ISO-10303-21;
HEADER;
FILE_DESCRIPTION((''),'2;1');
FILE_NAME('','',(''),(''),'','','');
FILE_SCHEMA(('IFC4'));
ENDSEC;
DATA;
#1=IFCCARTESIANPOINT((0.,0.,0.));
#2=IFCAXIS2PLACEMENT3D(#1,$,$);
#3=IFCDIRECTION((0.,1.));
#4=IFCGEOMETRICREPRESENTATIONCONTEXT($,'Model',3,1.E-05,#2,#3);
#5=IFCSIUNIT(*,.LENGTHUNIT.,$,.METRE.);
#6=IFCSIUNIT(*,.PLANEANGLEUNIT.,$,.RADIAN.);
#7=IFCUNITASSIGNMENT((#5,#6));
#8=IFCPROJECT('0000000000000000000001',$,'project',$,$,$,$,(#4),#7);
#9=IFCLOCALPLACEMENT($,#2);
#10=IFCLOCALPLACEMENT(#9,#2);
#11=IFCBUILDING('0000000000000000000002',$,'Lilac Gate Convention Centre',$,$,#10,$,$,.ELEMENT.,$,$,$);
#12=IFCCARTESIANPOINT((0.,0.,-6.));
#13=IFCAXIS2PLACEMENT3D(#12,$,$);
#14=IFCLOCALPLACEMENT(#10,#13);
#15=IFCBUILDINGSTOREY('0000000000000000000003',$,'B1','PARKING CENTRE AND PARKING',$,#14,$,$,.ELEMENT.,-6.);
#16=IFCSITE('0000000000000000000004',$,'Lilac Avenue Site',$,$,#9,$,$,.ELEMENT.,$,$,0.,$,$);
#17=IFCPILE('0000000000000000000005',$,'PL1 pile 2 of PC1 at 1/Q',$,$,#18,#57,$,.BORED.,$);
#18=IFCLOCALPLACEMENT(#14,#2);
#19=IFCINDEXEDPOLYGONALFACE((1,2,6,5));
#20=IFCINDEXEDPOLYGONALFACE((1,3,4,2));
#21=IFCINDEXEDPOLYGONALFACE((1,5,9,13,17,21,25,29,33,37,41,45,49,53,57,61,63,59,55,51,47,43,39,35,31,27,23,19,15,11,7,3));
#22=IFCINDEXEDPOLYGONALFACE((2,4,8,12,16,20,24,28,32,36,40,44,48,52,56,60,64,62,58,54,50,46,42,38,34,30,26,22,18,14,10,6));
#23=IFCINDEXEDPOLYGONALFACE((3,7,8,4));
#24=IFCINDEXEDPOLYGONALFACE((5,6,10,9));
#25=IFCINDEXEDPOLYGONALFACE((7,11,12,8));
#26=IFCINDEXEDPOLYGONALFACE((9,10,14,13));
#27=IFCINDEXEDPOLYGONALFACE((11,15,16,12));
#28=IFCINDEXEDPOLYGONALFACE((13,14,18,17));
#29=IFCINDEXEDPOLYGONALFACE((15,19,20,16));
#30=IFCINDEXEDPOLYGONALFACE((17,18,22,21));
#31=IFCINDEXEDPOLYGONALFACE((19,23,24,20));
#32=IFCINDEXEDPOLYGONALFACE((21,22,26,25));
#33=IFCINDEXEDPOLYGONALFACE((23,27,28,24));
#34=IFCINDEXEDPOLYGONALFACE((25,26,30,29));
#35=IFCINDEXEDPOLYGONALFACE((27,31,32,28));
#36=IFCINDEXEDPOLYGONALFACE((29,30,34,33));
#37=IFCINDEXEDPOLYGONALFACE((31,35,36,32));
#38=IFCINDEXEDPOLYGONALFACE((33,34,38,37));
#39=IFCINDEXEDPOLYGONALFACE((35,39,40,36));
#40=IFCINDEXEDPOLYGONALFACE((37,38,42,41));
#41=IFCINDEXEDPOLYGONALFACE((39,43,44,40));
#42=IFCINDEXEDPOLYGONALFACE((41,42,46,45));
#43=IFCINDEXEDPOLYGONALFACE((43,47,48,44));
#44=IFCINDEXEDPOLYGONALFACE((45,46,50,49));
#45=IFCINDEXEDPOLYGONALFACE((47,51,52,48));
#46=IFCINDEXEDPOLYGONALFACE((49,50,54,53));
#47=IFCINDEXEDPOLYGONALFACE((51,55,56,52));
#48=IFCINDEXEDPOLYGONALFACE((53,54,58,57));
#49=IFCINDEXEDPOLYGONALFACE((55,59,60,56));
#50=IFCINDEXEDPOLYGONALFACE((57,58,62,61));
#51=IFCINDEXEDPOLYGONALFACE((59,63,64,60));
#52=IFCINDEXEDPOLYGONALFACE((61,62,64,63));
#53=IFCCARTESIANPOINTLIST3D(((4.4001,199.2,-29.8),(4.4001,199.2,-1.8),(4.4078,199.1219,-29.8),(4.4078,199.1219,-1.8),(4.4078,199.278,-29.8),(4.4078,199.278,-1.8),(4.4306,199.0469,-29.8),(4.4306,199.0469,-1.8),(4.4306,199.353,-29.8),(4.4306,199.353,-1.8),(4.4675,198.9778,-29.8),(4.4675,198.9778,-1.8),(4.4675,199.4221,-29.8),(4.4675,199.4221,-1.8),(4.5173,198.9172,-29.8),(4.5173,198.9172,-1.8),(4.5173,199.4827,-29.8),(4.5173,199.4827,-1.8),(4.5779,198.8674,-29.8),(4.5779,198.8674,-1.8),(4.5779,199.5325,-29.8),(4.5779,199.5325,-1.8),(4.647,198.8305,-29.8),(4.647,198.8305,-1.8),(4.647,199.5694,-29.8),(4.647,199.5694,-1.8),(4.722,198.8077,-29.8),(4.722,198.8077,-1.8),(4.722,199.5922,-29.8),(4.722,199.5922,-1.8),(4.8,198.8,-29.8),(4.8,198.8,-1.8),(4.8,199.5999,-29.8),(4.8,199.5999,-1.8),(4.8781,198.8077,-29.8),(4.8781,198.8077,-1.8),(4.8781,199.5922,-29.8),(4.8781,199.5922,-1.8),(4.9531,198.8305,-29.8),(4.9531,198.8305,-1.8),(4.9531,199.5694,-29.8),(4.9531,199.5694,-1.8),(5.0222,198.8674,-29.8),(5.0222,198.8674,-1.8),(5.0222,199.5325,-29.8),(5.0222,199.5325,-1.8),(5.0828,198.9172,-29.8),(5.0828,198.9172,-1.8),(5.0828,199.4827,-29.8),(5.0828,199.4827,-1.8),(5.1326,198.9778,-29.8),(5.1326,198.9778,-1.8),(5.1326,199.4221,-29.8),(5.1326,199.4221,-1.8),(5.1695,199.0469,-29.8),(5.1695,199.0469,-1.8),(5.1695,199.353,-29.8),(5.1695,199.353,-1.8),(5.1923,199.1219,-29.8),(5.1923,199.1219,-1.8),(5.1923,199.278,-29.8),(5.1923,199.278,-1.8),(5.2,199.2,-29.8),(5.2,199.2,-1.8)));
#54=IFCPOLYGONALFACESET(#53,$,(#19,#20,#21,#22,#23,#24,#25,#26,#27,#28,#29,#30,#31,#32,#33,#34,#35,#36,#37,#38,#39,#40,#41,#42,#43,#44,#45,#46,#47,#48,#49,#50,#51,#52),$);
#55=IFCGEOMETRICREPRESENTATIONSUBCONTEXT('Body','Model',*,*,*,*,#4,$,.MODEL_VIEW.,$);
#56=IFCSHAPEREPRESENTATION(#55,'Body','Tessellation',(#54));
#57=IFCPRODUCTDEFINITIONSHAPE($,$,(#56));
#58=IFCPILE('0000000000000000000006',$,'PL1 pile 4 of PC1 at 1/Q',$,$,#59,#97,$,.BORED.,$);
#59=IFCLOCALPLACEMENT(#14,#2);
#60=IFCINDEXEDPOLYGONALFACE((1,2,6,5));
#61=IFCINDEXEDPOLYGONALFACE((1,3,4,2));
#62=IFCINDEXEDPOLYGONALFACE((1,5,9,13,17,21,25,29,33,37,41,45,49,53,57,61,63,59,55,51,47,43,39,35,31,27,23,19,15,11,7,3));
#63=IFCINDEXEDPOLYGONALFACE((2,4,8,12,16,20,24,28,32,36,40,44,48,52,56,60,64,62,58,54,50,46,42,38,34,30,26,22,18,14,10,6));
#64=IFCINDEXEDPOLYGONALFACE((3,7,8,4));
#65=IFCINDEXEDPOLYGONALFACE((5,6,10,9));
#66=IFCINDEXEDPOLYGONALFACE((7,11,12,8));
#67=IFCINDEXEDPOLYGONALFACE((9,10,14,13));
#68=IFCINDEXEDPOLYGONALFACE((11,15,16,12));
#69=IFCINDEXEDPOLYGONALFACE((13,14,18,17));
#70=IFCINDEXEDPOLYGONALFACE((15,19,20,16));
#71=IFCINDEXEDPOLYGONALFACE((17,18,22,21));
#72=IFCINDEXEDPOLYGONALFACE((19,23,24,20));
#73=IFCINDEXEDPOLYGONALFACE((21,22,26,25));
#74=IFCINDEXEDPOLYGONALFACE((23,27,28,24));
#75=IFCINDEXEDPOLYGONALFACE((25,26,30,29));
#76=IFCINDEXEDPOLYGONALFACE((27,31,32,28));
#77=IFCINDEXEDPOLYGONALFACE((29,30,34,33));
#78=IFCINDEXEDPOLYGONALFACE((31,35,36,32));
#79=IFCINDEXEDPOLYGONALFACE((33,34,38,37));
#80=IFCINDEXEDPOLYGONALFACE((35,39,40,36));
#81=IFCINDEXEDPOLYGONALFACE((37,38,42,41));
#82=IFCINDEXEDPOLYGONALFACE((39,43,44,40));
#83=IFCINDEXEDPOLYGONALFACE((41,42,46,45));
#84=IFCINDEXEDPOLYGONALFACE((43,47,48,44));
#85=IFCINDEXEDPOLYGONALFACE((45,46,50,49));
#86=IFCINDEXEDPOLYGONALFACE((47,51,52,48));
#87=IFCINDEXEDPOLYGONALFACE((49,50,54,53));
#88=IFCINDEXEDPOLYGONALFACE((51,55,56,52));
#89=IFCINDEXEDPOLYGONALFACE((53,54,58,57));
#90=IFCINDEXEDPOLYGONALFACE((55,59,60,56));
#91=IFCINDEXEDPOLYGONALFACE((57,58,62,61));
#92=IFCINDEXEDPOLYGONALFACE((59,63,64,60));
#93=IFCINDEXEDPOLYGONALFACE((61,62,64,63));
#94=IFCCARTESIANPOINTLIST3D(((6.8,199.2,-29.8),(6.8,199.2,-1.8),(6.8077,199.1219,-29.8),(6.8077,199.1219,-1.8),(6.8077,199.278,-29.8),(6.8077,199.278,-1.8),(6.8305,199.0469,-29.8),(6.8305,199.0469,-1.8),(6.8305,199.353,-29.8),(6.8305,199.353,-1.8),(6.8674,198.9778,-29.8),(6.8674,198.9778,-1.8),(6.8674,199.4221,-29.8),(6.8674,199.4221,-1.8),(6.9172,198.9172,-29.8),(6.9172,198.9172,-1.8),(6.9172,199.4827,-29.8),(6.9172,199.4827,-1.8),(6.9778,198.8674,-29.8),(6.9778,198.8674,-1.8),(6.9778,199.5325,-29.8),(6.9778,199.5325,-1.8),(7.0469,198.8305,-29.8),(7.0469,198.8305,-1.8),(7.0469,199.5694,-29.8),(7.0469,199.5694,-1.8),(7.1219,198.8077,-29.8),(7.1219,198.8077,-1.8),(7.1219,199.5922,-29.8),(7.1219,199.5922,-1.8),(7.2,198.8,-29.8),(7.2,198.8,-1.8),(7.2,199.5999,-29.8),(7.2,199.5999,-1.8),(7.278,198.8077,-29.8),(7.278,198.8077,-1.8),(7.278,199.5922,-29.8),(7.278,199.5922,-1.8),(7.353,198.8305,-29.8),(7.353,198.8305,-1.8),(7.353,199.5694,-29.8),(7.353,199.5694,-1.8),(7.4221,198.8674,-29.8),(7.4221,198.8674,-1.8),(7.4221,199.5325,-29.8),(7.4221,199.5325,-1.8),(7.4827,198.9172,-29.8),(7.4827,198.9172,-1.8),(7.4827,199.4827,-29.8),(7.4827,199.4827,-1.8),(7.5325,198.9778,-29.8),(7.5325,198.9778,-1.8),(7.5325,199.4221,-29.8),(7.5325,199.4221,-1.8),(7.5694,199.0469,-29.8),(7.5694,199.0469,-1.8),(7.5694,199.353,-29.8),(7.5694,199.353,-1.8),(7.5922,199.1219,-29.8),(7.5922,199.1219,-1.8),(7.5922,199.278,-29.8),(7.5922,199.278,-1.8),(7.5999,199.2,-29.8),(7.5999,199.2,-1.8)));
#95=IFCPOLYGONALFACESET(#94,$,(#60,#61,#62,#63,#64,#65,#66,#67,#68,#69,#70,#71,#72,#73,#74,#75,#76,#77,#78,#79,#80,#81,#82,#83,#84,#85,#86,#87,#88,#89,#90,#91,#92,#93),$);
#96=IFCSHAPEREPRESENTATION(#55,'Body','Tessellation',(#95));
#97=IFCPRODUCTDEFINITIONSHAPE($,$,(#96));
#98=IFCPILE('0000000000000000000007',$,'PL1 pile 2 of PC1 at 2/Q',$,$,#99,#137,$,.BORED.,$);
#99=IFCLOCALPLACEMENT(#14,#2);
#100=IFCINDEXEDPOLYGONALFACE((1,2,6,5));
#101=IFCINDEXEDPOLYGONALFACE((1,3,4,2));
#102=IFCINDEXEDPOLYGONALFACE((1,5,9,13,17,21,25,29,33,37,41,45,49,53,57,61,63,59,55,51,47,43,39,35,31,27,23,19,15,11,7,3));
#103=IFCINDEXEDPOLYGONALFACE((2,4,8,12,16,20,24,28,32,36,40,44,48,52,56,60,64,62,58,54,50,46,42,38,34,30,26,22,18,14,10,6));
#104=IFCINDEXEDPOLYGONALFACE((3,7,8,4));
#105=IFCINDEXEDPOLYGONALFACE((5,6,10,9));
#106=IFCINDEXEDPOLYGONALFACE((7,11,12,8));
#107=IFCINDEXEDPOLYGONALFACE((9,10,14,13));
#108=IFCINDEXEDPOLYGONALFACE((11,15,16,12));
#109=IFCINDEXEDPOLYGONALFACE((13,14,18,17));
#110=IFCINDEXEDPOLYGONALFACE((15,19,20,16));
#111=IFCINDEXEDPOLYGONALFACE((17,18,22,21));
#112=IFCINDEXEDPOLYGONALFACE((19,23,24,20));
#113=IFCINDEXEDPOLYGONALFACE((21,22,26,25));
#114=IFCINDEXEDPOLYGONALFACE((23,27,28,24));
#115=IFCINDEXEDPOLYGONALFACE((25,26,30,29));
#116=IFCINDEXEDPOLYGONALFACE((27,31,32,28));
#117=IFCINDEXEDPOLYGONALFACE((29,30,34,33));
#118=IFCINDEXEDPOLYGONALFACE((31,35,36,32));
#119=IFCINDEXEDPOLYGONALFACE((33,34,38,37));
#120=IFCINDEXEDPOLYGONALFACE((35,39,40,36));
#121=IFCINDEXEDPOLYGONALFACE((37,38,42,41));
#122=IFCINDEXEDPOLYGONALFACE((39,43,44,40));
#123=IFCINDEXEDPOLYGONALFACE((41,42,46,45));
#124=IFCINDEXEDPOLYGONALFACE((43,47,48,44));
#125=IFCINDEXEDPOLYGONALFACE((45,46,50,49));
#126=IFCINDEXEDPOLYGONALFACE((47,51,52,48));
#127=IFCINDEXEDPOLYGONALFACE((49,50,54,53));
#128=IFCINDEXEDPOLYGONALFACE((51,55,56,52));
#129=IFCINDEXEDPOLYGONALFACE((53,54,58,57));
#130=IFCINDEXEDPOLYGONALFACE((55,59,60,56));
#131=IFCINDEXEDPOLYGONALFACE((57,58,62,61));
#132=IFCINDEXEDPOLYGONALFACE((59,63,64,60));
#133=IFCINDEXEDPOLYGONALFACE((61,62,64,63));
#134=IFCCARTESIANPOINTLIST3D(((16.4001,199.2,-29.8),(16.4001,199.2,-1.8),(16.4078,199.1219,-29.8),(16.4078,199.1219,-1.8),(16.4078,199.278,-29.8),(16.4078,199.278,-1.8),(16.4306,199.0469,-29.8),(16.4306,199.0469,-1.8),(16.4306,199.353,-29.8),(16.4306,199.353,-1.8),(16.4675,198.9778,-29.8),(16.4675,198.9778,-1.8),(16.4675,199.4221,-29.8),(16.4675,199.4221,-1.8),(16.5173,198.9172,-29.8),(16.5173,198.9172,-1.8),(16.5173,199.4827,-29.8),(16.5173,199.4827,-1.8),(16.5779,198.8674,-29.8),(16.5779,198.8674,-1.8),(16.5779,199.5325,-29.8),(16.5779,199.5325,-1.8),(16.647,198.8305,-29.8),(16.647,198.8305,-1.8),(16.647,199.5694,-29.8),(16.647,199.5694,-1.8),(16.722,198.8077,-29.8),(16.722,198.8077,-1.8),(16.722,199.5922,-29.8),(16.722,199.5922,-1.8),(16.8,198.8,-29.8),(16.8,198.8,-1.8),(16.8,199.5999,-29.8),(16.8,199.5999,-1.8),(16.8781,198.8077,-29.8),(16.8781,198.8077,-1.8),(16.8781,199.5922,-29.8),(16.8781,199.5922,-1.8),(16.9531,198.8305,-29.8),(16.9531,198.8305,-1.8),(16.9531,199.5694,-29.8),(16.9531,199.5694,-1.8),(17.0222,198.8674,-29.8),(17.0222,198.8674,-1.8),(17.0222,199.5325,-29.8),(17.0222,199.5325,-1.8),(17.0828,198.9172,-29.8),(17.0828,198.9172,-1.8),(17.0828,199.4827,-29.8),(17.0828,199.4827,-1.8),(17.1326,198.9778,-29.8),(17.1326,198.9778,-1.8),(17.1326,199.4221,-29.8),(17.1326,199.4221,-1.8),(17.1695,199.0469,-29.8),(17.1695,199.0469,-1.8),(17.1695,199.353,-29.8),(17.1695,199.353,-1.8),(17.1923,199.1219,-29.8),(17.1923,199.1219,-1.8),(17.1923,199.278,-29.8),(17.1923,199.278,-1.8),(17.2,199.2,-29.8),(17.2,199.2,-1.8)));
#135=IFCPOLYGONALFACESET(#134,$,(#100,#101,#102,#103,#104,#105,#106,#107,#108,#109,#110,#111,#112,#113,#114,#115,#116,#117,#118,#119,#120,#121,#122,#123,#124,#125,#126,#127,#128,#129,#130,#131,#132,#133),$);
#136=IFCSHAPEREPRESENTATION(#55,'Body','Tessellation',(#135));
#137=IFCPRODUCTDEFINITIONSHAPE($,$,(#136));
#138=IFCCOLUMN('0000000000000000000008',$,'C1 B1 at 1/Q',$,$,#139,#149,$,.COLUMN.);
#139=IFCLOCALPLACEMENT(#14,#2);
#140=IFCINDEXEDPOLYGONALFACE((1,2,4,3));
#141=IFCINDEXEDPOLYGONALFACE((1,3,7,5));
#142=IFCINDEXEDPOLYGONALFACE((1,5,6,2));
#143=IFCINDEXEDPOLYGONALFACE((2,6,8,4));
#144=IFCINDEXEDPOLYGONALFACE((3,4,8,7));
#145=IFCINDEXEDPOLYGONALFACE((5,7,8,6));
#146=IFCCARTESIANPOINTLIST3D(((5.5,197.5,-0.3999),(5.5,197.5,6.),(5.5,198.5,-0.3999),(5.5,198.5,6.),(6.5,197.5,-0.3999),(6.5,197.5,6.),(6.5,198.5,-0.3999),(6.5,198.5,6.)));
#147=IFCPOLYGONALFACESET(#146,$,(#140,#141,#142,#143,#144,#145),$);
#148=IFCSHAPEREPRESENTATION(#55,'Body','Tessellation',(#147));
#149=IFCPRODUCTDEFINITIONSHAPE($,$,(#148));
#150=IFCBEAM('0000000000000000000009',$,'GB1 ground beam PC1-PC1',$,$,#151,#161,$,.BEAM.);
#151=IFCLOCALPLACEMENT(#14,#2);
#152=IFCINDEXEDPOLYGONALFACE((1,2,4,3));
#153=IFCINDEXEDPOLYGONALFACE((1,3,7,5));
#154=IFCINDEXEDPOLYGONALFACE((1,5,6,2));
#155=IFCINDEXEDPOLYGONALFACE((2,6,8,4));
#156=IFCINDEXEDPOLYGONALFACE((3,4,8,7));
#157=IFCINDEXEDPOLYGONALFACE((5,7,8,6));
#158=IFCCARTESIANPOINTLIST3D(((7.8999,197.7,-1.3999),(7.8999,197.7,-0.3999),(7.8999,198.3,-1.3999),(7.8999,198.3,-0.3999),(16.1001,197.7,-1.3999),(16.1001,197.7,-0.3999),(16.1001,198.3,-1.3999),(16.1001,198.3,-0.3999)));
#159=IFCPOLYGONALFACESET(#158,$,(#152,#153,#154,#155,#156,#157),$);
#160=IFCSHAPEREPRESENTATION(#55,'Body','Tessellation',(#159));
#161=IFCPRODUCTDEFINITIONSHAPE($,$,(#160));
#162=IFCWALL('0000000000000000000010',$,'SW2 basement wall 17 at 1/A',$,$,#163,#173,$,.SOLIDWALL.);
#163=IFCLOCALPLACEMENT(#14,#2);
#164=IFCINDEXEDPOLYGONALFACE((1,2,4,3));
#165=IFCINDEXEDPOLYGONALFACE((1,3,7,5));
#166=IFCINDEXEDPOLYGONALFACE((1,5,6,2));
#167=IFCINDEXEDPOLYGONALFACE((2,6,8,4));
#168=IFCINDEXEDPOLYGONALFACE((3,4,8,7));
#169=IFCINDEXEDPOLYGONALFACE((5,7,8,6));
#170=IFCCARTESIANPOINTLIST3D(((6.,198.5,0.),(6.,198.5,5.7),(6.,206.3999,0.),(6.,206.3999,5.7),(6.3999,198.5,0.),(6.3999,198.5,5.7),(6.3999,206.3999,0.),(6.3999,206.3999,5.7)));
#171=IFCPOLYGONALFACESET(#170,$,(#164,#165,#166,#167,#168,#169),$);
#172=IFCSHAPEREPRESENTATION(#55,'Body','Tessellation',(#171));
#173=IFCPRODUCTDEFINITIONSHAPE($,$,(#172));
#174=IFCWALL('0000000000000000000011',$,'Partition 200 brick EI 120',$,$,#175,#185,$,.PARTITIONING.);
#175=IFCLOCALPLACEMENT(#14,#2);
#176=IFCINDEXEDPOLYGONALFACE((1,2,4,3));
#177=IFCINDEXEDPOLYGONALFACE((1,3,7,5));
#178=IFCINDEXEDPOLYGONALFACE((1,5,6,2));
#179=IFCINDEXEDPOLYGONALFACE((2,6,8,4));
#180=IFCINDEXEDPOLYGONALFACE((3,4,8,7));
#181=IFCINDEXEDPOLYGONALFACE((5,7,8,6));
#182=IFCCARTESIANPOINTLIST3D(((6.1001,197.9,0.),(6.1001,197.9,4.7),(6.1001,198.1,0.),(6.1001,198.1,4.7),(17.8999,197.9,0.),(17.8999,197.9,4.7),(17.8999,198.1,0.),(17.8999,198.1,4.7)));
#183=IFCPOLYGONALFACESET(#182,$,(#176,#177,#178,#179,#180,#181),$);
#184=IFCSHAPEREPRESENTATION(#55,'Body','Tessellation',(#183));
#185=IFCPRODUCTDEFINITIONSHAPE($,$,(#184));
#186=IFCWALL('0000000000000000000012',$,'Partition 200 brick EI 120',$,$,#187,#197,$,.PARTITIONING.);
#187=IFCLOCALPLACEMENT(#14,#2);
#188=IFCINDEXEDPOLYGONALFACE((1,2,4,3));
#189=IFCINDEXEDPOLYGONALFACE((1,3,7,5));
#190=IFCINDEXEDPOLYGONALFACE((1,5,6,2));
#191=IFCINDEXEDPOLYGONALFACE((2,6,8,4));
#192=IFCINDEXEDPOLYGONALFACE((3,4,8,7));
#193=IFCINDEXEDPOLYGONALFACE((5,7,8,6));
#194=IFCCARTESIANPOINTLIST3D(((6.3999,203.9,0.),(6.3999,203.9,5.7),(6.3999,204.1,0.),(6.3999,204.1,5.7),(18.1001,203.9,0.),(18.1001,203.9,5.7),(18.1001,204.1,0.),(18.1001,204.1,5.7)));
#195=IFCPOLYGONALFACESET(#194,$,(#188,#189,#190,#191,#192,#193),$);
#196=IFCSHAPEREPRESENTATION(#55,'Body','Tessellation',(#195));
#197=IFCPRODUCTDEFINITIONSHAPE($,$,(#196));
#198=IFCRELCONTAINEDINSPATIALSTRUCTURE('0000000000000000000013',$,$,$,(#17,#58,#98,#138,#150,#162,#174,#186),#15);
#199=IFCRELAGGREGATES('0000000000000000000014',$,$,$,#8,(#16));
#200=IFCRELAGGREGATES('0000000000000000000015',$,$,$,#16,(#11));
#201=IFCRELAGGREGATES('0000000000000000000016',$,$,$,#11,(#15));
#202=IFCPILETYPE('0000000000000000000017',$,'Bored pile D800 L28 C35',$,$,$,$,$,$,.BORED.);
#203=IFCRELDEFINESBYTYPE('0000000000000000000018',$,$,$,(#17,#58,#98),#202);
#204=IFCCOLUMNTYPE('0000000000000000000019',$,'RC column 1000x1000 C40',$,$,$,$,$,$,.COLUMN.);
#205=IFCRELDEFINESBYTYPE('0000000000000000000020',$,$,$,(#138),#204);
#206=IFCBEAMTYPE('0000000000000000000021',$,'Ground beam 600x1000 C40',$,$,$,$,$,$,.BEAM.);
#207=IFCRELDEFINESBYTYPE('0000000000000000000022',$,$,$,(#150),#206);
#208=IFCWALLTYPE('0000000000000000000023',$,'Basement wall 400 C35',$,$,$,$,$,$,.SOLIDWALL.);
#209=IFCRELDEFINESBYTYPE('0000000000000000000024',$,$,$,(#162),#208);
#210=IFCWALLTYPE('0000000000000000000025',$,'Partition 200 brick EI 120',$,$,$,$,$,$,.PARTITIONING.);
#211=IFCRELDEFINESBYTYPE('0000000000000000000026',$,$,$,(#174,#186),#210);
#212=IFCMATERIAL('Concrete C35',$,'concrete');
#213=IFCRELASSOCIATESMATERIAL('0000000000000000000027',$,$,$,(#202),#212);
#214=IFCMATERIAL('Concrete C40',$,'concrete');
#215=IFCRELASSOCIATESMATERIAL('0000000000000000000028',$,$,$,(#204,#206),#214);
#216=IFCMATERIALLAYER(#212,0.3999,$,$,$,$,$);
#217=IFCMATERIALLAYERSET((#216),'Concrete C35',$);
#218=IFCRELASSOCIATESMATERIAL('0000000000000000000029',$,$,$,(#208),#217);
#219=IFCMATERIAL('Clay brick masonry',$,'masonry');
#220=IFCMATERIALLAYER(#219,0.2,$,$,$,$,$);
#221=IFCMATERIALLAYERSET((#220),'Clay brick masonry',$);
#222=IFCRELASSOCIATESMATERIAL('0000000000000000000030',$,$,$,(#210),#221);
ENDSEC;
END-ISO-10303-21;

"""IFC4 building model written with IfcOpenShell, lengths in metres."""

from ifc_helpers import new_model, si_unit, direction, frame, frame_2d, origin, origin_2d, place, context, subcontext, project, spatial, rectangle, circle, extrude, material, layer, layer_set, material_profile, profile_set, type_object, element, save


model = new_model("IFC4")

# Units and contexts
model_context = context("Model", 3, precision=1e-05, world=origin(), true_north=direction((0.0, 1.0)))
body_context = subcontext(model_context, "Body", "Model", "MODEL_VIEW")
ifc_project = project(units=[si_unit("LENGTHUNIT", "METRE"), si_unit("PLANEANGLEUNIT", "RADIAN")], contexts=[model_context])

# Site, building, storey
site_placement = place(None, origin())
site = spatial("IfcSite", under=ifc_project, at=site_placement, Name="Lilac Avenue Site", CompositionType="ELEMENT", RefElevation=0.0)
building_placement = place(site_placement, origin())
building = spatial("IfcBuilding", under=site, at=building_placement, Name="Lilac Gate Convention Centre", CompositionType="ELEMENT")
storey_placement = place(building_placement, frame((0.0, 0.0, -6.0)))
storey = spatial("IfcBuildingStorey", under=building, at=storey_placement, Name="B1", Description="PARKING CENTRE AND PARKING", CompositionType="ELEMENT", Elevation=-6.0)

# Piles
ifc_material_1 = material(Name="Concrete C35", Category="concrete")
ifc_material_profile_1 = material_profile(ifc_material_1, circle(Radius=0.3999, at=origin_2d()), Name="D800")
ifc_profile_set_1 = profile_set([ifc_material_profile_1], Name="Concrete C35")
pile_type = type_object("IfcPileType", Name="Bored pile D800 L28 C35", PredefinedType="BORED", material=ifc_profile_set_1)
for number, where, z_axis, x_axis, name in (
    (1, (4.8, 199.2, -1.8), (0.0, 0.0, -1.0), (1.0, 0.0, 0.0), "PL1 pile 2 of PC1 at 1/Q"),
    (2, (7.2, 199.2, -1.8), (0.0, 0.0, -1.0), (1.0, 0.0, 0.0), "PL1 pile 4 of PC1 at 1/Q"),
    (3, (16.8, 199.2, -1.8), (0.0, 0.0, -1.0), (1.0, 0.0, 0.0), "PL1 pile 2 of PC1 at 2/Q"),
):
    element("IfcPile", number, at=place(storey_placement, frame(where, z_axis=z_axis, x_axis=x_axis)), inside=storey, type_object=pile_type, Name=name, PredefinedType="BORED", context=body_context, shape_type="SweptSolid", body=[
        extrude(circle(Radius=0.3999, at=origin_2d()), origin(), (0.0, 0.0, 1.0), 28.0),
    ])

# Column
ifc_material_2 = material(Name="Concrete C40", Category="concrete")
ifc_material_profile_2 = material_profile(ifc_material_2, rectangle(XDim=1.0, YDim=1.0, at=origin_2d()), Name="RC 1000x1000")
ifc_profile_set_2 = profile_set([ifc_material_profile_2], Name="Concrete C40")
column_type = type_object("IfcColumnType", Name="RC column 1000x1000 C40", PredefinedType="COLUMN", material=ifc_profile_set_2)
column_placement = place(storey_placement, frame((6.0, 198.0, -0.3999), z_axis=(0.0, 0.0, 1.0), x_axis=(1.0, 0.0, 0.0)))
element("IfcColumn", 4, at=column_placement, inside=storey, type_object=column_type, Name="C1 B1 at 1/Q", PredefinedType="COLUMN", context=body_context, shape_type="SweptSolid", body=[
    extrude(rectangle(XDim=1.0, YDim=1.0, at=origin_2d()), origin(), (0.0, 0.0, 1.0), 6.3999),
])

# Beam
ifc_material_profile_3 = material_profile(ifc_material_2, rectangle(XDim=0.6001, YDim=1.0, at=origin_2d()), Name="RC 600x1000")
ifc_profile_set_3 = profile_set([ifc_material_profile_3], Name="Concrete C40")
beam_type = type_object("IfcBeamType", Name="Ground beam 600x1000 C40", PredefinedType="BEAM", material=ifc_profile_set_3)
beam_placement = place(storey_placement, frame((7.8999, 198.0, -0.8999), z_axis=(1.0, 0.0, 0.0), x_axis=(0.0, 1.0, 0.0)))
element("IfcBeam", 5, at=beam_placement, inside=storey, type_object=beam_type, Name="GB1 ground beam PC1-PC1", PredefinedType="BEAM", context=body_context, shape_type="SweptSolid", body=[
    extrude(rectangle(XDim=0.6001, YDim=1.0, at=origin_2d()), origin(), (0.0, 0.0, 1.0), 8.2002),
])

# Walls
ifc_layer_1 = layer(ifc_material_1, 0.3999)
ifc_layer_set_1 = layer_set([ifc_layer_1], Name="Concrete C35")
wall_type_1 = type_object("IfcWallType", Name="Basement wall 400 C35", PredefinedType="SOLIDWALL", material=ifc_layer_set_1)
wall_1_placement = place(storey_placement, frame((6.2, 198.5, 0.0), z_axis=(0.0, 0.0, 1.0), x_axis=(0.0, 1.0, 0.0)))
element("IfcWall", 6, at=wall_1_placement, inside=storey, type_object=wall_type_1, Name="SW2 basement wall 17 at 1/A", PredefinedType="SOLIDWALL", context=body_context, shape_type="SweptSolid", body=[
    extrude(rectangle(XDim=7.8999, YDim=0.3999, at=frame_2d((3.95, 0.0))), origin(), (0.0, 0.0, 1.0), 5.7),
])
ifc_material_3 = material(Name="Clay brick masonry", Category="masonry")
ifc_layer_2 = layer(ifc_material_3, 0.2)
ifc_layer_set_2 = layer_set([ifc_layer_2], Name="Clay brick masonry")
wall_type_2 = type_object("IfcWallType", Name="Partition 200 brick EI 120", PredefinedType="PARTITIONING", material=ifc_layer_set_2)
wall_2_placement = place(storey_placement, frame((6.1001, 198.0, 0.0), z_axis=(0.0, 0.0, 1.0), x_axis=(1.0, 0.0, 0.0)))
element("IfcWall", 7, at=wall_2_placement, inside=storey, type_object=wall_type_2, Name="Partition 200 brick EI 120", PredefinedType="PARTITIONING", context=body_context, shape_type="SweptSolid", body=[
    extrude(rectangle(XDim=11.7998, YDim=0.2, at=frame_2d((5.8999, 0.0))), origin(), (0.0, 0.0, 1.0), 4.7),
])
wall_3_placement = place(storey_placement, frame((6.3999, 204.0, 0.0), z_axis=(0.0, 0.0, 1.0), x_axis=(1.0, 0.0, 0.0)))
element("IfcWall", 8, at=wall_3_placement, inside=storey, type_object=wall_type_2, Name="Partition 200 brick EI 120", PredefinedType="PARTITIONING", context=body_context, shape_type="SweptSolid", body=[
    extrude(rectangle(XDim=11.7002, YDim=0.2, at=frame_2d((5.8501, 0.0))), origin(), (0.0, 0.0, 1.0), 5.7),
])

save(model, "model.ifc")
